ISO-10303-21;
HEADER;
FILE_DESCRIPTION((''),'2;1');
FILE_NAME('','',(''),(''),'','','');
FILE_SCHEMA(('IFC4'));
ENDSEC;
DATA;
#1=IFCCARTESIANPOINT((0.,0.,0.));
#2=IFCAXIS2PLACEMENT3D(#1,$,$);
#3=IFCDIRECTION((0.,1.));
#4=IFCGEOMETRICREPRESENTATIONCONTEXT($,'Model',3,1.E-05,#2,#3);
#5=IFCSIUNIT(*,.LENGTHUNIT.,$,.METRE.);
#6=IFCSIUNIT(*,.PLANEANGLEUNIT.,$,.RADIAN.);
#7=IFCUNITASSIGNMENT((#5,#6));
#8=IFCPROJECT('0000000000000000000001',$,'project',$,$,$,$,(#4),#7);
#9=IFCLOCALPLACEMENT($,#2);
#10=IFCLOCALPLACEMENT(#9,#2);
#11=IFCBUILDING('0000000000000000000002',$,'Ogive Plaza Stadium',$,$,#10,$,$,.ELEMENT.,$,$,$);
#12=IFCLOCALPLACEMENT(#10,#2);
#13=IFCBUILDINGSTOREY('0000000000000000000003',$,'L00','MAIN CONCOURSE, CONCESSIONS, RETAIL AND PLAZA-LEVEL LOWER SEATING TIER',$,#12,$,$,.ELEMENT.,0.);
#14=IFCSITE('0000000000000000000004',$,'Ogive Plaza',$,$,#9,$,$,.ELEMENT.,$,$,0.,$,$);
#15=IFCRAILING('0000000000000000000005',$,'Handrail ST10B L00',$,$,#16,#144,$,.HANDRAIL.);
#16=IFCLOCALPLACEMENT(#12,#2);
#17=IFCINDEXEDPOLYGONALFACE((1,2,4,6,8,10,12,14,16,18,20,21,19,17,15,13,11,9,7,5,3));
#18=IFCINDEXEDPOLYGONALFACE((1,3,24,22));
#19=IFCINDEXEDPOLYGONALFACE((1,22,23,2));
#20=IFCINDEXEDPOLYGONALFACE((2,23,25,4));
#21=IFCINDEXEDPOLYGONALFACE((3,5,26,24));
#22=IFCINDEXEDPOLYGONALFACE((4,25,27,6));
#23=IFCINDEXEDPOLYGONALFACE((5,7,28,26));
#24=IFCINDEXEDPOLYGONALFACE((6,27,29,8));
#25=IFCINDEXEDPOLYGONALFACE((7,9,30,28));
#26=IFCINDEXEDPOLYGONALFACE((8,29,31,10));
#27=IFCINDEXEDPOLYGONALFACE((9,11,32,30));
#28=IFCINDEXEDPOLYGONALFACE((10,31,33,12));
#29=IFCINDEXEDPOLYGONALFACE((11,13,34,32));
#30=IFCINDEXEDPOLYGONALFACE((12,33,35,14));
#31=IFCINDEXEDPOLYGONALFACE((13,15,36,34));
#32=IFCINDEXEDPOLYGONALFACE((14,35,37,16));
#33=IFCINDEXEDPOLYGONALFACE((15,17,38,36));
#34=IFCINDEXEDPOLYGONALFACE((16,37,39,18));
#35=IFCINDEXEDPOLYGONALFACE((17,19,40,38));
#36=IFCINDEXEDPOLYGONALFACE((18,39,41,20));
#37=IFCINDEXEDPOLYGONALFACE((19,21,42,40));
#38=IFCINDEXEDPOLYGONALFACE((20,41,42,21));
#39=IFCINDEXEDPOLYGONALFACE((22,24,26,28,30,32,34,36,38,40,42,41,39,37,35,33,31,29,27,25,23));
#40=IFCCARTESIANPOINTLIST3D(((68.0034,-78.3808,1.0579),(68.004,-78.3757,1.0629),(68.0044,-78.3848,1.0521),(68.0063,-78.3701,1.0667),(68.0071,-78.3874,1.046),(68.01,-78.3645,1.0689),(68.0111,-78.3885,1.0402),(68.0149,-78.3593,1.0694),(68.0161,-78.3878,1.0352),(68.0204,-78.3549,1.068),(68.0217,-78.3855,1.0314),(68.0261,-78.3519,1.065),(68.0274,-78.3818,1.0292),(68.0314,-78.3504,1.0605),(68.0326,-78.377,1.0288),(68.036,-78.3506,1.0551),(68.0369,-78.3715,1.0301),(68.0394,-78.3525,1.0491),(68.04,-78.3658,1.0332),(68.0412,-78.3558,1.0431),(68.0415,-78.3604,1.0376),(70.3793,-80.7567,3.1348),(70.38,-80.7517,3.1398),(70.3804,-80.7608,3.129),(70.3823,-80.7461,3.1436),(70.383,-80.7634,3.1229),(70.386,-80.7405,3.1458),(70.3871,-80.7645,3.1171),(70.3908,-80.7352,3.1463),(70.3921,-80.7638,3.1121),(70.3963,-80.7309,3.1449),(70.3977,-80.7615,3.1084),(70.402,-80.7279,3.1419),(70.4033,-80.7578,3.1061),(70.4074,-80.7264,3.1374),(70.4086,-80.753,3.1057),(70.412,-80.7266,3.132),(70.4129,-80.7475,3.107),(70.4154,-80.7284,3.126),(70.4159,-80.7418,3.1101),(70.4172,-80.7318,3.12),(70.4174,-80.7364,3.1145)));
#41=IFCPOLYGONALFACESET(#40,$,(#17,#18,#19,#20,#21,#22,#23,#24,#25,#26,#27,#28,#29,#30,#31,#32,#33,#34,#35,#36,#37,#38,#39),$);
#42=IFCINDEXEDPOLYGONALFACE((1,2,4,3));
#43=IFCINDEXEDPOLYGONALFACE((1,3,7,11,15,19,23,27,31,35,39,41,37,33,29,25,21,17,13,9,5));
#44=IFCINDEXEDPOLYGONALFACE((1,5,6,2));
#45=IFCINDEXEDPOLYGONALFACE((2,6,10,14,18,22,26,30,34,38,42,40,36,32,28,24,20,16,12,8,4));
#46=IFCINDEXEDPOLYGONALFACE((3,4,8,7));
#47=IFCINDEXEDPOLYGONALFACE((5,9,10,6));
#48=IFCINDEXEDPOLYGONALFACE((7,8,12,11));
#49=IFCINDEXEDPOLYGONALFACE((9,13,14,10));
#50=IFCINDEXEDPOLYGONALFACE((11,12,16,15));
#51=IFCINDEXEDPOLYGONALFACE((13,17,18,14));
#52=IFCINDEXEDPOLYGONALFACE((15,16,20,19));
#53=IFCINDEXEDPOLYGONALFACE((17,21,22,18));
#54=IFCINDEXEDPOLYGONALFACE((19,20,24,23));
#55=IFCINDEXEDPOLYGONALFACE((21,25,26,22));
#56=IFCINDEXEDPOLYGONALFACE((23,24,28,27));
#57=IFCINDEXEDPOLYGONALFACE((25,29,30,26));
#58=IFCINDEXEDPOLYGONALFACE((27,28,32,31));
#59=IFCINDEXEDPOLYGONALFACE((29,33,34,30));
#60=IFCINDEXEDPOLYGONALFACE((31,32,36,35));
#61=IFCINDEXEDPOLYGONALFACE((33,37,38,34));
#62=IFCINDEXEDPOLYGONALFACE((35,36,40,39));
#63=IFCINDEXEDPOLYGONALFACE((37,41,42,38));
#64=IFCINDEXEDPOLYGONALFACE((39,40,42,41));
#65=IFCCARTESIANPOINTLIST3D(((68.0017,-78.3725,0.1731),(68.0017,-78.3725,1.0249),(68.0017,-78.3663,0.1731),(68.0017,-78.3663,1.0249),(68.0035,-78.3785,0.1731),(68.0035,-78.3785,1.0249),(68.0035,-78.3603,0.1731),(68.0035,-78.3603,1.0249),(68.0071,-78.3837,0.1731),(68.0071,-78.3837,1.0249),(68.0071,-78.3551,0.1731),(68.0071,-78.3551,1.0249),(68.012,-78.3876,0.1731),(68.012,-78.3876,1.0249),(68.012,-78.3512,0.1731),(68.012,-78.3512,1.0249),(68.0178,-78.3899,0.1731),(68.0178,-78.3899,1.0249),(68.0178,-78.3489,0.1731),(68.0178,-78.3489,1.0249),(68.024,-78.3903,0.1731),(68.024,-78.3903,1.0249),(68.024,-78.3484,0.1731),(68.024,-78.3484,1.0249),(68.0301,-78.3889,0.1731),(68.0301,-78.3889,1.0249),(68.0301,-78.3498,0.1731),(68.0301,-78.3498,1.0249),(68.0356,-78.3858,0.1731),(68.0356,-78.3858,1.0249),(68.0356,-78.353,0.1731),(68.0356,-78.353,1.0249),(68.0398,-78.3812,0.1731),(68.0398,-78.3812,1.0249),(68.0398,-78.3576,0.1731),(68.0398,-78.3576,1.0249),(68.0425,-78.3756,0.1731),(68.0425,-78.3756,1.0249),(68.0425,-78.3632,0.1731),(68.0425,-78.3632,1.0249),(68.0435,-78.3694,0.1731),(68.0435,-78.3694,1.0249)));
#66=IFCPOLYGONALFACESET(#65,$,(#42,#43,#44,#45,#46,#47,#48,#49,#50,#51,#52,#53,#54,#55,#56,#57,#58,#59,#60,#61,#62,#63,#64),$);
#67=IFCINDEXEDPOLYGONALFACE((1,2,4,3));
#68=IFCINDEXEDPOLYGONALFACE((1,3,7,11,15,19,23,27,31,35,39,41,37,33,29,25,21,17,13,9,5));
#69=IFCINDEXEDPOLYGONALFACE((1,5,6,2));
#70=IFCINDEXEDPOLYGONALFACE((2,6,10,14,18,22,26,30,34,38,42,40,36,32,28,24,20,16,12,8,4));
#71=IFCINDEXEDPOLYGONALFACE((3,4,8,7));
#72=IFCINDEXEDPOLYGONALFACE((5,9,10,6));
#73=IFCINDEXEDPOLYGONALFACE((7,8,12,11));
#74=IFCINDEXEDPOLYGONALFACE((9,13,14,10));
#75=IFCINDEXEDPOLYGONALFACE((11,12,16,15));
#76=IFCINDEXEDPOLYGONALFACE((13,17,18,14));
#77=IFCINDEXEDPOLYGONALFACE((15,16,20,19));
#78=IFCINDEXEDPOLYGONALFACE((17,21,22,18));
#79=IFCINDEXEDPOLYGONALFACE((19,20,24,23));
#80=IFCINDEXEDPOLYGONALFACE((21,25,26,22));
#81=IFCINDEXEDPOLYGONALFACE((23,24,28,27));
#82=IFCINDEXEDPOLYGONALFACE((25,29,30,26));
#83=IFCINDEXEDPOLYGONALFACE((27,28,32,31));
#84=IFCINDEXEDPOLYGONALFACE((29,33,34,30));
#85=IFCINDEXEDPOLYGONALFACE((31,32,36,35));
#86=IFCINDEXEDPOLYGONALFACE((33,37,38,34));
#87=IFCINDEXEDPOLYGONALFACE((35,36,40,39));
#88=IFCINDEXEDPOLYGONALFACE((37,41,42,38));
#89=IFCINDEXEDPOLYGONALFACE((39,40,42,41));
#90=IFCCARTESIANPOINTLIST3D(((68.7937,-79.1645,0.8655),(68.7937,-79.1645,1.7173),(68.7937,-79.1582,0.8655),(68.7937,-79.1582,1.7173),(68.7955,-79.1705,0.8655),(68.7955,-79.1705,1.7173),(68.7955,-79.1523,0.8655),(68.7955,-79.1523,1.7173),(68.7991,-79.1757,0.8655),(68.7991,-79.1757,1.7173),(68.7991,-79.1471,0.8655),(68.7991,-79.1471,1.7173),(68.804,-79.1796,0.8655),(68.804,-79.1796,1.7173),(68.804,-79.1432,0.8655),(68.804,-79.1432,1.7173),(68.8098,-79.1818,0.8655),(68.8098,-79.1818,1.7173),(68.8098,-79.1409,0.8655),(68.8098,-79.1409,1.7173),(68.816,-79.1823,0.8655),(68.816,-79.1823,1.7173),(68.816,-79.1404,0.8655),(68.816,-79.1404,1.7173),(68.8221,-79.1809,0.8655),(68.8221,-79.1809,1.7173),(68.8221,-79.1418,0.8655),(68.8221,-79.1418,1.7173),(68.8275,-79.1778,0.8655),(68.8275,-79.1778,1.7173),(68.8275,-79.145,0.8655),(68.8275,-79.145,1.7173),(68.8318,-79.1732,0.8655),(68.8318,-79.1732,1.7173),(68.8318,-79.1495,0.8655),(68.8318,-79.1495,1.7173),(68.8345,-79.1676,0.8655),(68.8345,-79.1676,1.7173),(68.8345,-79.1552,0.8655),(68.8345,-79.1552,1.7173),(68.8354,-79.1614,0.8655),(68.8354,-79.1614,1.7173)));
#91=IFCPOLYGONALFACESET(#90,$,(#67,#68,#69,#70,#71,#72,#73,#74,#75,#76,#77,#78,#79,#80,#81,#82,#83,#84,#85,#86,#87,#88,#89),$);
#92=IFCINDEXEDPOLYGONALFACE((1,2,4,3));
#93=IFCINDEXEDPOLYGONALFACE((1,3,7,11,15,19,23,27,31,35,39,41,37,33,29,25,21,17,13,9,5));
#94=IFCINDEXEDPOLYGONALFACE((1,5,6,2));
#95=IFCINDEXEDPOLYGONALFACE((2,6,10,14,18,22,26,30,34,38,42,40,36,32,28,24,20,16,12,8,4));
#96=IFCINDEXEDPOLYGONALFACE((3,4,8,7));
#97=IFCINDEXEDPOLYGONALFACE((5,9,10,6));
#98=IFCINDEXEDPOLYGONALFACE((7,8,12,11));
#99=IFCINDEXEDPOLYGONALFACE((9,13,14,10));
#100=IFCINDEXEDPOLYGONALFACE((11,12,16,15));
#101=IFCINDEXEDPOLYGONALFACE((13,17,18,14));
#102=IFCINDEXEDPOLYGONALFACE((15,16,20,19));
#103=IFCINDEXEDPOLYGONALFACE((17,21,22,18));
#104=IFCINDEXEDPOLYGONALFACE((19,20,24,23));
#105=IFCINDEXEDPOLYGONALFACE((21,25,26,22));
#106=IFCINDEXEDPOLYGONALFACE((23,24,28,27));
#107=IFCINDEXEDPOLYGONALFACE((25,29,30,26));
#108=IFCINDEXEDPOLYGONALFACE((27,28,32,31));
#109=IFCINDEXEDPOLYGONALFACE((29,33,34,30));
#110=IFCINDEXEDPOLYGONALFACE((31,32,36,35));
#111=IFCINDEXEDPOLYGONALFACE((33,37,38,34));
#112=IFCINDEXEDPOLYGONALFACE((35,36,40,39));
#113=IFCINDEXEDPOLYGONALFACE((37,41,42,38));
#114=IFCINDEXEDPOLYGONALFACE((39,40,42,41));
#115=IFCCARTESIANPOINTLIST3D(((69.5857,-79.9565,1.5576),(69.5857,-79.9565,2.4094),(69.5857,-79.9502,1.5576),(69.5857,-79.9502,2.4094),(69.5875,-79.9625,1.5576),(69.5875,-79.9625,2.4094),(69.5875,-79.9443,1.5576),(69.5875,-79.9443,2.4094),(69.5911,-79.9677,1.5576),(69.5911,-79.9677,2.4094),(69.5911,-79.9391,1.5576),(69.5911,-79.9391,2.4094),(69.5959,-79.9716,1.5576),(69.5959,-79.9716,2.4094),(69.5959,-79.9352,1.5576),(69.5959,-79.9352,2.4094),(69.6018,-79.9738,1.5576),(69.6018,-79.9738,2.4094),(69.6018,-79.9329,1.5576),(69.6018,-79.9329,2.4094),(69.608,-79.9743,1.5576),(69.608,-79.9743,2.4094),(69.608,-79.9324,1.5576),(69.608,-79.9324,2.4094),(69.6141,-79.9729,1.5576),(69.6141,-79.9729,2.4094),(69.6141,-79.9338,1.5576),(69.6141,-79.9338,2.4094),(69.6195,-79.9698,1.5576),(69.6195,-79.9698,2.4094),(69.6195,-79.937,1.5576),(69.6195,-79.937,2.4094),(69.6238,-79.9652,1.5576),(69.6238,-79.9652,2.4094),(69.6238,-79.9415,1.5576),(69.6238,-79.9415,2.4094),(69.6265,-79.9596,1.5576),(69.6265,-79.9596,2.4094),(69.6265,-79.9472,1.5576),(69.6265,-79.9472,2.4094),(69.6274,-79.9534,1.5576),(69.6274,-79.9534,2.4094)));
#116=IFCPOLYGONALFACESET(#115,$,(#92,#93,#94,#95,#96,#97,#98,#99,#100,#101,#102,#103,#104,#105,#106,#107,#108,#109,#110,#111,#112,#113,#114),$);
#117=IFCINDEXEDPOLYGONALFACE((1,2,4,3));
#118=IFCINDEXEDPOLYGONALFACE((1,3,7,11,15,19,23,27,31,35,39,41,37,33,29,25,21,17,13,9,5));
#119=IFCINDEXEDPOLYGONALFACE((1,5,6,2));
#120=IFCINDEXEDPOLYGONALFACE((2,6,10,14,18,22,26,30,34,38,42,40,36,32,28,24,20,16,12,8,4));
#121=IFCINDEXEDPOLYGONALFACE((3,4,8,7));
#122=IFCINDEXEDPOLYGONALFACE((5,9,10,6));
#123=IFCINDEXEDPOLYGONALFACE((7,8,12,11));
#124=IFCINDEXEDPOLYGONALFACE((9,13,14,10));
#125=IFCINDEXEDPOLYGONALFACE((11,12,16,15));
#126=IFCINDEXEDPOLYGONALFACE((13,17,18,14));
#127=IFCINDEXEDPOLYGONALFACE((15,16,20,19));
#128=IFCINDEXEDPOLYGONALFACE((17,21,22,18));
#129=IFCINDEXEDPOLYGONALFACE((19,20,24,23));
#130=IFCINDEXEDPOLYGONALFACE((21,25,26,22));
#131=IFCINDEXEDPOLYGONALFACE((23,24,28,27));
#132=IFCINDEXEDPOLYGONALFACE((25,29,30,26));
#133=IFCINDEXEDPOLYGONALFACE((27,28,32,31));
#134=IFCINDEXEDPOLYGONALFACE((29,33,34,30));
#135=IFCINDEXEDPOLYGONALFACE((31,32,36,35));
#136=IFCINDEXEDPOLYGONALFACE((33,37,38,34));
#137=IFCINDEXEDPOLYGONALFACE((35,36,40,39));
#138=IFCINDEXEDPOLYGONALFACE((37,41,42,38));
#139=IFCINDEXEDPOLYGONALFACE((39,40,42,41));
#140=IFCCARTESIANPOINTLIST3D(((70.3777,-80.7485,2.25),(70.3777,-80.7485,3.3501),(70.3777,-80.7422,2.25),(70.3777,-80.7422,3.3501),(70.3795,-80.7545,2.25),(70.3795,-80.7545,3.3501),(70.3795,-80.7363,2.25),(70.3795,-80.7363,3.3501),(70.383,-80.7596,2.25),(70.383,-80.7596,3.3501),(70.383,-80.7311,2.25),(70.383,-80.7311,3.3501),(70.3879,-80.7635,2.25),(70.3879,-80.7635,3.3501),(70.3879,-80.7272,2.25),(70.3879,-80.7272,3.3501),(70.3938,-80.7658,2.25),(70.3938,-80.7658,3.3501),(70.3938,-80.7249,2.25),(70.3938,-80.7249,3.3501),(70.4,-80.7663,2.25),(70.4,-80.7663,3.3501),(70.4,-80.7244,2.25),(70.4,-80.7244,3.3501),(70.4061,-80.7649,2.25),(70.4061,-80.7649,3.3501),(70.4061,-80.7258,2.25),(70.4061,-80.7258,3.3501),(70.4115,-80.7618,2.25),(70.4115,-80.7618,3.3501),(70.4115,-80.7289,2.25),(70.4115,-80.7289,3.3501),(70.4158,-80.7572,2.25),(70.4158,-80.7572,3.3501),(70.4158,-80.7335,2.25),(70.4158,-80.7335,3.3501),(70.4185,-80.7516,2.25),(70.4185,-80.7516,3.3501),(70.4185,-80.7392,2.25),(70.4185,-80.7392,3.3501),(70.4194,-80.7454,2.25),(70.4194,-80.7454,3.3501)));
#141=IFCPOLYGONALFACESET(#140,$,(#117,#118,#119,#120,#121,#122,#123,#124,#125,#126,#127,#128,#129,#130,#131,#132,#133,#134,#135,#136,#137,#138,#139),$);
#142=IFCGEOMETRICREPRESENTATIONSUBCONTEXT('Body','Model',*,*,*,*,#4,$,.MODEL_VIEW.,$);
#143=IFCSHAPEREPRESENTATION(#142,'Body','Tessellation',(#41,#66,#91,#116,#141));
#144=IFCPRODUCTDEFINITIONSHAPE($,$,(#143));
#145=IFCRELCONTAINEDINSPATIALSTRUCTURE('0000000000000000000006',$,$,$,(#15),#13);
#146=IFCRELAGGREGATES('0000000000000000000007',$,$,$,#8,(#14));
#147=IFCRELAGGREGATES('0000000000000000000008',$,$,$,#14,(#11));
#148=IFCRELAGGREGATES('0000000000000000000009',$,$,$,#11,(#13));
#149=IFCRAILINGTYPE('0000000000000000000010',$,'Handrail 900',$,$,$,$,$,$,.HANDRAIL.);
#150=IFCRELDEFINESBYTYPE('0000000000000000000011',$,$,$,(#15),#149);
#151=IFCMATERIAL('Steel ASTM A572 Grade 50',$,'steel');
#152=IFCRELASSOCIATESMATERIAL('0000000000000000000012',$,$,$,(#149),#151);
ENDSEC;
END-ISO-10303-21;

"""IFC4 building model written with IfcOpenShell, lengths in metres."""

from ifc_helpers import new_model, si_unit, direction, frame, origin, origin_2d, place, context, subcontext, project, spatial, circle, extrude, material, type_object, element, save


model = new_model("IFC4")

# Units and contexts
model_context = context("Model", 3, precision=1e-05, world=origin(), true_north=direction((0.0, 1.0)))
body_context = subcontext(model_context, "Body", "Model", "MODEL_VIEW")
ifc_project = project(units=[si_unit("LENGTHUNIT", "METRE"), si_unit("PLANEANGLEUNIT", "RADIAN")], contexts=[model_context])

# Site, building, storey
site_placement = place(None, origin())
site = spatial("IfcSite", under=ifc_project, at=site_placement, Name="Ogive Plaza", CompositionType="ELEMENT", RefElevation=0.0)
building_placement = place(site_placement, origin())
building = spatial("IfcBuilding", under=site, at=building_placement, Name="Ogive Plaza Stadium", CompositionType="ELEMENT")
storey_placement = place(building_placement, origin())
storey = spatial("IfcBuildingStorey", under=building, at=storey_placement, Name="L00", Description="MAIN CONCOURSE, CONCESSIONS, RETAIL AND PLAZA-LEVEL LOWER SEATING TIER", CompositionType="ELEMENT", Elevation=0.0)

# Railing
ifc_material_1 = material(Name="Steel ASTM A572 Grade 50", Category="steel")
railing_type = type_object("IfcRailingType", Name="Handrail 900", PredefinedType="HANDRAIL", material=ifc_material_1)
railing_placement = place(storey_placement, frame((68.0225, -78.3694, 0.1731)))
element("IfcRailing", 1, at=railing_placement, inside=storey, type_object=railing_type, Name="Handrail ST10B L00", PredefinedType="HANDRAIL", context=body_context, shape_type="SweptSolid", body=[
    extrude(circle(Radius=0.0239, at=origin_2d()), frame((0.0, 0.0, 0.876), z_axis=(0.601483, -0.601483, 0.525772), x_axis=(0.707107, 0.707107, 0.0)), (0.0, 0.0, 1.0), 3.9502),
    extrude(circle(Radius=0.021, at=origin_2d()), origin(), (0.0, 0.0, 1.0), 0.8518),
    extrude(circle(Radius=0.021, at=origin_2d()), frame((0.792, -0.792, 0.6924)), (0.0, 0.0, 1.0), 0.8518),
    extrude(circle(Radius=0.021, at=origin_2d()), frame((1.584, -1.584, 1.3845)), (0.0, 0.0, 1.0), 0.8518),
    extrude(circle(Radius=0.021, at=origin_2d()), frame((2.376, -2.376, 2.0769)), (0.0, 0.0, 1.0), 1.1001),
])

save(model, "model.ifc")
